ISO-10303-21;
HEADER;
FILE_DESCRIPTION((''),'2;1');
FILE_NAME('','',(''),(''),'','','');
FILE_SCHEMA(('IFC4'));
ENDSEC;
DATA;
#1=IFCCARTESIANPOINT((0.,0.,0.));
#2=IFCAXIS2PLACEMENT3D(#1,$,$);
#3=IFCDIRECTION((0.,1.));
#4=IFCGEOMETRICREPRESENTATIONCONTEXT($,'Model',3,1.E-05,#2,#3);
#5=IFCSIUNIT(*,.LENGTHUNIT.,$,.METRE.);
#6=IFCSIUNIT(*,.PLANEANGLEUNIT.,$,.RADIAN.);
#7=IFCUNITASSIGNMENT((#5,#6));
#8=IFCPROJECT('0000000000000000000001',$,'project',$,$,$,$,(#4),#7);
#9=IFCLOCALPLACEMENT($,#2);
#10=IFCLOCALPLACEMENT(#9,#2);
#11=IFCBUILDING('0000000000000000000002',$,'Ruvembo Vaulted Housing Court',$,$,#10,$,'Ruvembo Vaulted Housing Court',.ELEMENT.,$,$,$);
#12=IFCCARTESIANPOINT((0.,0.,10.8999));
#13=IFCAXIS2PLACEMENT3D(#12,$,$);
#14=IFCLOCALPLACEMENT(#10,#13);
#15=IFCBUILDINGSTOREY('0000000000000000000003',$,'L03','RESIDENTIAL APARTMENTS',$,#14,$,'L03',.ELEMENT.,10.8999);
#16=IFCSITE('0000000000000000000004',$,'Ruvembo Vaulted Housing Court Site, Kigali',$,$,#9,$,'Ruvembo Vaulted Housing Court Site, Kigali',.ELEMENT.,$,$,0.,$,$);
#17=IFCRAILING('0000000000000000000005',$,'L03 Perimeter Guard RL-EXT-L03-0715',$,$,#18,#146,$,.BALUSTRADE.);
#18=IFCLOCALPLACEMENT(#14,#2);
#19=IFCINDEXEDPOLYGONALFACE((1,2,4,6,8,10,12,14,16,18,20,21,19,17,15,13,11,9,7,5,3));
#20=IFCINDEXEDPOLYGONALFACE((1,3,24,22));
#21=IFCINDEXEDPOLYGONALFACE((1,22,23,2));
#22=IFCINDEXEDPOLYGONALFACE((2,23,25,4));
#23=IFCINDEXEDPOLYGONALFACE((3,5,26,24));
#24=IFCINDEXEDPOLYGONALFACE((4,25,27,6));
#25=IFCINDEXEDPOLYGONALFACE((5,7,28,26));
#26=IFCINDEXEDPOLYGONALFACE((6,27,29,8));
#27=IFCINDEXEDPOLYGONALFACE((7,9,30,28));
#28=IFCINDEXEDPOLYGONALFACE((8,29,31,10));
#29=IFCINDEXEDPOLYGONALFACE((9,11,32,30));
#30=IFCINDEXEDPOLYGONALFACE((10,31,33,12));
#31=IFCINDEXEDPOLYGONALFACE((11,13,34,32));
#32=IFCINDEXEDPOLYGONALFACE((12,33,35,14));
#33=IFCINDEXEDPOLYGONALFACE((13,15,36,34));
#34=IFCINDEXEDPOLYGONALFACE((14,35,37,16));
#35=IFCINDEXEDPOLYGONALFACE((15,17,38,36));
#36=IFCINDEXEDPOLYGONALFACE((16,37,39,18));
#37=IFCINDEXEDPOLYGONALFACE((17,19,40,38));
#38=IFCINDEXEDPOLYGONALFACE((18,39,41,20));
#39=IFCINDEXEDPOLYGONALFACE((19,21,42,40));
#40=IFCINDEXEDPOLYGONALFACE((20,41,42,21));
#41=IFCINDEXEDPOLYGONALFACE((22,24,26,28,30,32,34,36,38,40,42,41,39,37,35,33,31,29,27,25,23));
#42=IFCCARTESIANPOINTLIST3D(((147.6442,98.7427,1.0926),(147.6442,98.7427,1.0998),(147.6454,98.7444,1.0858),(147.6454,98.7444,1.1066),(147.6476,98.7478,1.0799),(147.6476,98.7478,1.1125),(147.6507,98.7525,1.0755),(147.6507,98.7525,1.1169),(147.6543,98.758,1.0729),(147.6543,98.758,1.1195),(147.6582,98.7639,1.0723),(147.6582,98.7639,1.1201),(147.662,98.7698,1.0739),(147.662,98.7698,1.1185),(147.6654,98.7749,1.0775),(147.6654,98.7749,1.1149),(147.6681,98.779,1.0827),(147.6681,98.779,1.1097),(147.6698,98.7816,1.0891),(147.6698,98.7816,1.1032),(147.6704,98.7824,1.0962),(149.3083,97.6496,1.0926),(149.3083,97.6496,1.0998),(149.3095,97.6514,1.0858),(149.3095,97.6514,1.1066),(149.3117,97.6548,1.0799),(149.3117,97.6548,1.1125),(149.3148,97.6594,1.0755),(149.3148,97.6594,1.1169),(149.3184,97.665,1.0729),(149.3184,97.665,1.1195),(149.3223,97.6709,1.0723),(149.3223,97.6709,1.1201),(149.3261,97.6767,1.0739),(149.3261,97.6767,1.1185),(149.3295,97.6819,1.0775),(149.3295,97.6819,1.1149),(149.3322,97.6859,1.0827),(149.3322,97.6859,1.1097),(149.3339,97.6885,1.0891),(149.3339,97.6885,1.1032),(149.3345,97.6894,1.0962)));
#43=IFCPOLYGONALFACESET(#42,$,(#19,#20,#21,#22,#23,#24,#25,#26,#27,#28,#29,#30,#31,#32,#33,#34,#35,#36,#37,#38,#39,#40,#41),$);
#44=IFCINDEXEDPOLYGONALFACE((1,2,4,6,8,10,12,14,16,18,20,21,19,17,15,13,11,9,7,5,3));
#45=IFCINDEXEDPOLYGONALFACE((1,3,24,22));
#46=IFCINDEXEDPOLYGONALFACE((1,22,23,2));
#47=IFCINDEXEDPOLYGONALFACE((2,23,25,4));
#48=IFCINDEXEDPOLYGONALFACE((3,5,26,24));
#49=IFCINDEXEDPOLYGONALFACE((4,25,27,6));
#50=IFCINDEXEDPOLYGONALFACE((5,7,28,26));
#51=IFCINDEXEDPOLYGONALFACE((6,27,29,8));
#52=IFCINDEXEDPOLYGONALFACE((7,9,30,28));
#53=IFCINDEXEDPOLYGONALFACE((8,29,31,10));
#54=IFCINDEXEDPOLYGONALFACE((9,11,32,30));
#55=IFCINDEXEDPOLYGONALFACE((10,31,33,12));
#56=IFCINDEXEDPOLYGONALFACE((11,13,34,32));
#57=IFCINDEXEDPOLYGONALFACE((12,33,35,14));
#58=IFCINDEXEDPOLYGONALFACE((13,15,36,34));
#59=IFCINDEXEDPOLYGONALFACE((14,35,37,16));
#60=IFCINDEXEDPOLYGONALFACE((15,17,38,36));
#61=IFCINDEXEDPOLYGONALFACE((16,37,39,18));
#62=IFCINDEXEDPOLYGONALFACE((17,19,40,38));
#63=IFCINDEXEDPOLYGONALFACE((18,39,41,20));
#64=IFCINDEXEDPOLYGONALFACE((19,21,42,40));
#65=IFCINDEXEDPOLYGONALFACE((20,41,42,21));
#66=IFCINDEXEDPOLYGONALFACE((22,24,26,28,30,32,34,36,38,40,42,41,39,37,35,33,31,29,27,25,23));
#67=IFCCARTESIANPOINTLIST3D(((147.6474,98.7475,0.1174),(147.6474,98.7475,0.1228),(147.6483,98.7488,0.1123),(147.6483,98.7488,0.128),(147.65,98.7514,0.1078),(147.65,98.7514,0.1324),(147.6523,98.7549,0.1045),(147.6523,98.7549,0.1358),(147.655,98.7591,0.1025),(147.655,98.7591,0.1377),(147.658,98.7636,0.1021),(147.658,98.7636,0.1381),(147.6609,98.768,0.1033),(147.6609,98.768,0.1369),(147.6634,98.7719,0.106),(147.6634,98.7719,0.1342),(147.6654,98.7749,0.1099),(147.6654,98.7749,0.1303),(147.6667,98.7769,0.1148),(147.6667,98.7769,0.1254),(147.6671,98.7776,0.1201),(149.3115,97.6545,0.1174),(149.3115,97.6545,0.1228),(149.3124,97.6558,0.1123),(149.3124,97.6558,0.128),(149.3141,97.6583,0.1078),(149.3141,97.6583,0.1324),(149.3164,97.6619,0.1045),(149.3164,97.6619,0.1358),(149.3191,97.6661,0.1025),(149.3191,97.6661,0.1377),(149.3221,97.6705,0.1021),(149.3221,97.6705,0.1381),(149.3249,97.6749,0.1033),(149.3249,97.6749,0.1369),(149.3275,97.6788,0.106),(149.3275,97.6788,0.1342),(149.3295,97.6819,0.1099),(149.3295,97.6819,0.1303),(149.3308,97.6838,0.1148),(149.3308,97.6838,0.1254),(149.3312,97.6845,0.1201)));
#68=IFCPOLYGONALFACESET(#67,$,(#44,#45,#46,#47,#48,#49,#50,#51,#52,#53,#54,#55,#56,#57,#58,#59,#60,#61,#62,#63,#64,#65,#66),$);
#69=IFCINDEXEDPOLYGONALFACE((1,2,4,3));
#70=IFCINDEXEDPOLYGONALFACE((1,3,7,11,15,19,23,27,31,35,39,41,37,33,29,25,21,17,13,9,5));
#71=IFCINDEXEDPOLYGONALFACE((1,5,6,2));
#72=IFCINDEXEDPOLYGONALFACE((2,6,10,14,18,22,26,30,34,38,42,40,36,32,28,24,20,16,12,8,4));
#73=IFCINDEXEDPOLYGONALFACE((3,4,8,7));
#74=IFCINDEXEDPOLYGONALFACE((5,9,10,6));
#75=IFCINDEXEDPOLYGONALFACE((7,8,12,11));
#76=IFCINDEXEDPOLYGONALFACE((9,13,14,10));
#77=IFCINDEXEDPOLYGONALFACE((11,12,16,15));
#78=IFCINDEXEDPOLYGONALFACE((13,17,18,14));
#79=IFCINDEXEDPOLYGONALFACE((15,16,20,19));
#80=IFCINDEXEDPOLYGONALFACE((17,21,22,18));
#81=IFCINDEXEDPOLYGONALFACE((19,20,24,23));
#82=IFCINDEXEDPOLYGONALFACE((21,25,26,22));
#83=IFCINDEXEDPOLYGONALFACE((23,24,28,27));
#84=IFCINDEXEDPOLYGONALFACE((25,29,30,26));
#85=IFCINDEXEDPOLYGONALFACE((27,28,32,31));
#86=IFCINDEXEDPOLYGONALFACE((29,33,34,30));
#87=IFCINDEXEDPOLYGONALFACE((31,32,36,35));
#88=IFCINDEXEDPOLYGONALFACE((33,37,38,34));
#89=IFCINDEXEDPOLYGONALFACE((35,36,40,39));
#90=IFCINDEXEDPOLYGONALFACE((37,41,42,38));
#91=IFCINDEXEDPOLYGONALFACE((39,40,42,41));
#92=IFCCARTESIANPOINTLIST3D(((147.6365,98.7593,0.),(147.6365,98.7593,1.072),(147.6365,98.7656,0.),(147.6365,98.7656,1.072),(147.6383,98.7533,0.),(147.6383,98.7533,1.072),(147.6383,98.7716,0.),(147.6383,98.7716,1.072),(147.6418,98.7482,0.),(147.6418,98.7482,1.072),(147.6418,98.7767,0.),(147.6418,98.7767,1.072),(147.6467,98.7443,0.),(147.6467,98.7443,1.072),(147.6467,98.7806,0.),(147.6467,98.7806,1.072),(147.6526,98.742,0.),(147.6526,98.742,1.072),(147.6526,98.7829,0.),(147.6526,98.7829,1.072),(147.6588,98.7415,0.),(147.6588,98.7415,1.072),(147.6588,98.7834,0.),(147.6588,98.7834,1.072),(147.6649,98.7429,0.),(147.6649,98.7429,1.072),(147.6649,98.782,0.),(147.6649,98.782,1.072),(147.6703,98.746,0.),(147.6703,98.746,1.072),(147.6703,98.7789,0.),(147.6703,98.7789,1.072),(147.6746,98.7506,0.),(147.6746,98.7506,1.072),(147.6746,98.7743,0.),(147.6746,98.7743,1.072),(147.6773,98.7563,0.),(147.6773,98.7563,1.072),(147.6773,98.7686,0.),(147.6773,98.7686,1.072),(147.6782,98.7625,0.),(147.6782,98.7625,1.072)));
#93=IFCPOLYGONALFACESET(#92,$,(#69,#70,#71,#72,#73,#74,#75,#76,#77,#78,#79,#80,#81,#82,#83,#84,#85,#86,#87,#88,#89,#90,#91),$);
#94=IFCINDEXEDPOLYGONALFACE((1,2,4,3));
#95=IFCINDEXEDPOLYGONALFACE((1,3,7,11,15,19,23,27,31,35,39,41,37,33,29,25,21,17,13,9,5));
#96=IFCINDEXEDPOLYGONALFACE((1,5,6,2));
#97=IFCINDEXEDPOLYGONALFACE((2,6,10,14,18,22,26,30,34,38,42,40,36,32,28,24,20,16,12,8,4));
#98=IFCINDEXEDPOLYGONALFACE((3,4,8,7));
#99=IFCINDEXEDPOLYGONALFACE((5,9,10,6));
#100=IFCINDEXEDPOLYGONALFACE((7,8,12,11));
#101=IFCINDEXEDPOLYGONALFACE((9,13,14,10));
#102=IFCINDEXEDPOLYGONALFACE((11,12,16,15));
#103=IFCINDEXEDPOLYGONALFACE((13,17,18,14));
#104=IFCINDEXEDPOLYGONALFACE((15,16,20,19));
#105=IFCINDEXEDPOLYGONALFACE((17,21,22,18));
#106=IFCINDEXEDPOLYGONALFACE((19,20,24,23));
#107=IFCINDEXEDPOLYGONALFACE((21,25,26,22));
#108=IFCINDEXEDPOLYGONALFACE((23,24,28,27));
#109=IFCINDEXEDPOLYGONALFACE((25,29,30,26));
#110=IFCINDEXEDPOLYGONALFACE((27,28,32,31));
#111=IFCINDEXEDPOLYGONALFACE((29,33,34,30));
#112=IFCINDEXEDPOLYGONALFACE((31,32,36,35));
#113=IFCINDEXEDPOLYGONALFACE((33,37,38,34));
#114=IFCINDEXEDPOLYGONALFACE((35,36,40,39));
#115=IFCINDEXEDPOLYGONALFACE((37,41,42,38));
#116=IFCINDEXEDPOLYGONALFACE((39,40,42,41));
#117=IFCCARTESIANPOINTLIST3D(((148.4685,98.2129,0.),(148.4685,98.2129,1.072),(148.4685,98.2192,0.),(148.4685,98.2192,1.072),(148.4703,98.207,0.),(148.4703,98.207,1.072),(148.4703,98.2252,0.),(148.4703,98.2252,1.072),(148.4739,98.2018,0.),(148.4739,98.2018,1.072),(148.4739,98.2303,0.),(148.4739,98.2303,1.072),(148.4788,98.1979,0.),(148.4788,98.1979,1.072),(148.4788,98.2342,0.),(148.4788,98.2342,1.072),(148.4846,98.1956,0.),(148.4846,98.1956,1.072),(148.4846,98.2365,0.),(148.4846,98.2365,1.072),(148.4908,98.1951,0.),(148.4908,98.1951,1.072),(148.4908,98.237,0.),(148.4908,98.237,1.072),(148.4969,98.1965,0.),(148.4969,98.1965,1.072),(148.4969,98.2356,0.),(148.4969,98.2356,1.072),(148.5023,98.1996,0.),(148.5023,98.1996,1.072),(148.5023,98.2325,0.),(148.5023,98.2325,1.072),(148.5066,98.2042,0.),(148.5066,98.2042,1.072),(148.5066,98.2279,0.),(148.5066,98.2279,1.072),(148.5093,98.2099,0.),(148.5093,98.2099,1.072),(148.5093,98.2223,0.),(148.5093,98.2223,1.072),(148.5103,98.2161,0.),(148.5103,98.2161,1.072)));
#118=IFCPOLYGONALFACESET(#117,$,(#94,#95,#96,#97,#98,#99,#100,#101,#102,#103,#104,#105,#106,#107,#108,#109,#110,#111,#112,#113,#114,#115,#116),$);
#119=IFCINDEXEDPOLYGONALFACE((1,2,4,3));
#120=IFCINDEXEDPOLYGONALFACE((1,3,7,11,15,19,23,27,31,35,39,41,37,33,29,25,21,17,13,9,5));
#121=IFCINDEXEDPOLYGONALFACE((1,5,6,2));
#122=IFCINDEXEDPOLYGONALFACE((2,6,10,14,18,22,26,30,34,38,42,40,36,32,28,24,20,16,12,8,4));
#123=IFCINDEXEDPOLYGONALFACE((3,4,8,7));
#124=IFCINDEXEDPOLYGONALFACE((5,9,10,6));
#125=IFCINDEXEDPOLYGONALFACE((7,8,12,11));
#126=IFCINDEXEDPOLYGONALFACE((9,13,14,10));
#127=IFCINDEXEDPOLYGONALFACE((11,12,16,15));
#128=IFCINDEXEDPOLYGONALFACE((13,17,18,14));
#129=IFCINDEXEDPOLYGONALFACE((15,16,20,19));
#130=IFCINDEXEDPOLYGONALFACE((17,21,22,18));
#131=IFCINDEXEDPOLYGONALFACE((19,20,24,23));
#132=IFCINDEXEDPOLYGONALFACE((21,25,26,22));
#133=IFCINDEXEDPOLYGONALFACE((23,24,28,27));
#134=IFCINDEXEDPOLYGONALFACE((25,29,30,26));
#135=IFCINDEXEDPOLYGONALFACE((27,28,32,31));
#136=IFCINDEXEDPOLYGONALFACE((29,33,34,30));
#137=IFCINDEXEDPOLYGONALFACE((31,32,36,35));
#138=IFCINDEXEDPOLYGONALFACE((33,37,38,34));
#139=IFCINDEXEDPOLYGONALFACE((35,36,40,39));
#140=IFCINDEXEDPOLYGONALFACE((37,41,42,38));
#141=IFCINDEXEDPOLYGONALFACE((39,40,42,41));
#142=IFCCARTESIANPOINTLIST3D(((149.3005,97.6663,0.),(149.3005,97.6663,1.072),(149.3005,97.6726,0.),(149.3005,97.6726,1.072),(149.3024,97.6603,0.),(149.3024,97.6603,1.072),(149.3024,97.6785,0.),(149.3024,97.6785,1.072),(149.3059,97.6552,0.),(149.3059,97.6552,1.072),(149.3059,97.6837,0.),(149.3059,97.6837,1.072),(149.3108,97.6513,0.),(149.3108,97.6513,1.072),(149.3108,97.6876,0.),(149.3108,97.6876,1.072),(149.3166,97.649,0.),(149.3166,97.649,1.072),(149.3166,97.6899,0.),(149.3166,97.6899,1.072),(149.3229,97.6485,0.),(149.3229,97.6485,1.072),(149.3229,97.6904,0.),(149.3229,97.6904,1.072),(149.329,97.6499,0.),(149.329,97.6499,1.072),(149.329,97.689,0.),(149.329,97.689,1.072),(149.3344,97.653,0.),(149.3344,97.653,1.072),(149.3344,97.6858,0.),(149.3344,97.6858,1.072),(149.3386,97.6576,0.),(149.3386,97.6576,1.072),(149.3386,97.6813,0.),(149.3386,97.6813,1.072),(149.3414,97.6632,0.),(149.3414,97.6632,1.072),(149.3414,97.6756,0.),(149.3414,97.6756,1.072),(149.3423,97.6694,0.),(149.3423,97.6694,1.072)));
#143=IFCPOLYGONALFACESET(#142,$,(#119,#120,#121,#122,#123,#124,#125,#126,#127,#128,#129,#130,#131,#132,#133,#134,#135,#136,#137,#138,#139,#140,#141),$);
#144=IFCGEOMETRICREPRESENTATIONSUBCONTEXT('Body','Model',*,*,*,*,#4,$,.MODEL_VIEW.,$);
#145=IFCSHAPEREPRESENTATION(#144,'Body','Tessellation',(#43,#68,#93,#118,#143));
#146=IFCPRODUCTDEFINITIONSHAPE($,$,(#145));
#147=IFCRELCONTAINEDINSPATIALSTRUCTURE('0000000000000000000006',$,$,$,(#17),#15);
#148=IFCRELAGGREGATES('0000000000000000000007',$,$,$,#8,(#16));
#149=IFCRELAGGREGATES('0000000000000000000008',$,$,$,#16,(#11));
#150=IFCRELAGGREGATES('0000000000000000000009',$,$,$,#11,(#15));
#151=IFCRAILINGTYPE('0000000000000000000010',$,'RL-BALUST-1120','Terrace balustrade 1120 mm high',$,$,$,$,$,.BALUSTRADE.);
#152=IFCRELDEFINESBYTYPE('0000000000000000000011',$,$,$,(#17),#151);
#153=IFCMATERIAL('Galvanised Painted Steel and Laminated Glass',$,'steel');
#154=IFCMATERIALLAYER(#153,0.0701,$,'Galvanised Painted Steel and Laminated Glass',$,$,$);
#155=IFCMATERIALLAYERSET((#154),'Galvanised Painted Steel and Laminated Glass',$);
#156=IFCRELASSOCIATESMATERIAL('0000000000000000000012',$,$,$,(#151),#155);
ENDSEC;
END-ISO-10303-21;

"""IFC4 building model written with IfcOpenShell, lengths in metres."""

from ifc_helpers import new_model, si_unit, direction, frame, origin, origin_2d, place, context, subcontext, project, spatial, circle, extrude, material, layer, layer_set, type_object, element, save


model = new_model("IFC4")

# Units and contexts
model_context = context("Model", 3, precision=1e-05, world=origin(), true_north=direction((0.0, 1.0)))
body_context = subcontext(model_context, "Body", "Model", "MODEL_VIEW")
ifc_project = project(units=[si_unit("LENGTHUNIT", "METRE"), si_unit("PLANEANGLEUNIT", "RADIAN")], contexts=[model_context])

# Site, building, storey
site_placement = place(None, origin())
site = spatial("IfcSite", under=ifc_project, at=site_placement, Name="Ruvembo Vaulted Housing Court Site, Kigali", LongName="Ruvembo Vaulted Housing Court Site, Kigali", CompositionType="ELEMENT", RefElevation=0.0)
building_placement = place(site_placement, origin())
building = spatial("IfcBuilding", under=site, at=building_placement, Name="Ruvembo Vaulted Housing Court", LongName="Ruvembo Vaulted Housing Court", CompositionType="ELEMENT")
storey_placement = place(building_placement, frame((0.0, 0.0, 10.8999)))
storey = spatial("IfcBuildingStorey", under=building, at=storey_placement, Name="L03", Description="RESIDENTIAL APARTMENTS", LongName="L03", CompositionType="ELEMENT", Elevation=10.8999)

# Railing
ifc_material_1 = material(Name="Galvanised Painted Steel and Laminated Glass", Category="steel")
ifc_layer_1 = layer(ifc_material_1, 0.0701, Name="Galvanised Painted Steel and Laminated Glass")
ifc_layer_set_1 = layer_set([ifc_layer_1], Name="Galvanised Painted Steel and Laminated Glass")
railing_type = type_object("IfcRailingType", Name="RL-BALUST-1120", Description="Terrace balustrade 1120 mm high", PredefinedType="BALUSTRADE", material=ifc_layer_set_1)
railing_placement = place(storey_placement, frame((147.6572, 98.7625, 0.0)))
element("IfcRailing", 1, at=railing_placement, inside=storey, type_object=railing_type, Name="L03 Perimeter Guard RL-EXT-L03-0715", PredefinedType="BALUSTRADE", context=body_context, shape_type="SweptSolid", body=[
    extrude(circle(Radius=0.0239, at=origin_2d()), frame((0.0, 0.0, 1.0962), z_axis=(0.835823, -0.548999, 0.0), x_axis=(0.548999, 0.835823, 0.0)), (0.0, 0.0, 1.0), 1.991),
    extrude(circle(Radius=0.0181, at=origin_2d()), frame((0.0, 0.0, 0.1201), z_axis=(0.835823, -0.548999, 0.0), x_axis=(0.548999, 0.835823, 0.0)), (0.0, 0.0, 1.0), 1.991),
    extrude(circle(Radius=0.021, at=origin_2d()), origin(), (0.0, 0.0, 1.0), 1.072),
    extrude(circle(Radius=0.021, at=origin_2d()), frame((0.832, -0.5464, 0.0)), (0.0, 0.0, 1.0), 1.072),
    extrude(circle(Radius=0.021, at=origin_2d()), frame((1.6641, -1.093, 0.0)), (0.0, 0.0, 1.0), 1.072),
])

save(model, "model.ifc")
